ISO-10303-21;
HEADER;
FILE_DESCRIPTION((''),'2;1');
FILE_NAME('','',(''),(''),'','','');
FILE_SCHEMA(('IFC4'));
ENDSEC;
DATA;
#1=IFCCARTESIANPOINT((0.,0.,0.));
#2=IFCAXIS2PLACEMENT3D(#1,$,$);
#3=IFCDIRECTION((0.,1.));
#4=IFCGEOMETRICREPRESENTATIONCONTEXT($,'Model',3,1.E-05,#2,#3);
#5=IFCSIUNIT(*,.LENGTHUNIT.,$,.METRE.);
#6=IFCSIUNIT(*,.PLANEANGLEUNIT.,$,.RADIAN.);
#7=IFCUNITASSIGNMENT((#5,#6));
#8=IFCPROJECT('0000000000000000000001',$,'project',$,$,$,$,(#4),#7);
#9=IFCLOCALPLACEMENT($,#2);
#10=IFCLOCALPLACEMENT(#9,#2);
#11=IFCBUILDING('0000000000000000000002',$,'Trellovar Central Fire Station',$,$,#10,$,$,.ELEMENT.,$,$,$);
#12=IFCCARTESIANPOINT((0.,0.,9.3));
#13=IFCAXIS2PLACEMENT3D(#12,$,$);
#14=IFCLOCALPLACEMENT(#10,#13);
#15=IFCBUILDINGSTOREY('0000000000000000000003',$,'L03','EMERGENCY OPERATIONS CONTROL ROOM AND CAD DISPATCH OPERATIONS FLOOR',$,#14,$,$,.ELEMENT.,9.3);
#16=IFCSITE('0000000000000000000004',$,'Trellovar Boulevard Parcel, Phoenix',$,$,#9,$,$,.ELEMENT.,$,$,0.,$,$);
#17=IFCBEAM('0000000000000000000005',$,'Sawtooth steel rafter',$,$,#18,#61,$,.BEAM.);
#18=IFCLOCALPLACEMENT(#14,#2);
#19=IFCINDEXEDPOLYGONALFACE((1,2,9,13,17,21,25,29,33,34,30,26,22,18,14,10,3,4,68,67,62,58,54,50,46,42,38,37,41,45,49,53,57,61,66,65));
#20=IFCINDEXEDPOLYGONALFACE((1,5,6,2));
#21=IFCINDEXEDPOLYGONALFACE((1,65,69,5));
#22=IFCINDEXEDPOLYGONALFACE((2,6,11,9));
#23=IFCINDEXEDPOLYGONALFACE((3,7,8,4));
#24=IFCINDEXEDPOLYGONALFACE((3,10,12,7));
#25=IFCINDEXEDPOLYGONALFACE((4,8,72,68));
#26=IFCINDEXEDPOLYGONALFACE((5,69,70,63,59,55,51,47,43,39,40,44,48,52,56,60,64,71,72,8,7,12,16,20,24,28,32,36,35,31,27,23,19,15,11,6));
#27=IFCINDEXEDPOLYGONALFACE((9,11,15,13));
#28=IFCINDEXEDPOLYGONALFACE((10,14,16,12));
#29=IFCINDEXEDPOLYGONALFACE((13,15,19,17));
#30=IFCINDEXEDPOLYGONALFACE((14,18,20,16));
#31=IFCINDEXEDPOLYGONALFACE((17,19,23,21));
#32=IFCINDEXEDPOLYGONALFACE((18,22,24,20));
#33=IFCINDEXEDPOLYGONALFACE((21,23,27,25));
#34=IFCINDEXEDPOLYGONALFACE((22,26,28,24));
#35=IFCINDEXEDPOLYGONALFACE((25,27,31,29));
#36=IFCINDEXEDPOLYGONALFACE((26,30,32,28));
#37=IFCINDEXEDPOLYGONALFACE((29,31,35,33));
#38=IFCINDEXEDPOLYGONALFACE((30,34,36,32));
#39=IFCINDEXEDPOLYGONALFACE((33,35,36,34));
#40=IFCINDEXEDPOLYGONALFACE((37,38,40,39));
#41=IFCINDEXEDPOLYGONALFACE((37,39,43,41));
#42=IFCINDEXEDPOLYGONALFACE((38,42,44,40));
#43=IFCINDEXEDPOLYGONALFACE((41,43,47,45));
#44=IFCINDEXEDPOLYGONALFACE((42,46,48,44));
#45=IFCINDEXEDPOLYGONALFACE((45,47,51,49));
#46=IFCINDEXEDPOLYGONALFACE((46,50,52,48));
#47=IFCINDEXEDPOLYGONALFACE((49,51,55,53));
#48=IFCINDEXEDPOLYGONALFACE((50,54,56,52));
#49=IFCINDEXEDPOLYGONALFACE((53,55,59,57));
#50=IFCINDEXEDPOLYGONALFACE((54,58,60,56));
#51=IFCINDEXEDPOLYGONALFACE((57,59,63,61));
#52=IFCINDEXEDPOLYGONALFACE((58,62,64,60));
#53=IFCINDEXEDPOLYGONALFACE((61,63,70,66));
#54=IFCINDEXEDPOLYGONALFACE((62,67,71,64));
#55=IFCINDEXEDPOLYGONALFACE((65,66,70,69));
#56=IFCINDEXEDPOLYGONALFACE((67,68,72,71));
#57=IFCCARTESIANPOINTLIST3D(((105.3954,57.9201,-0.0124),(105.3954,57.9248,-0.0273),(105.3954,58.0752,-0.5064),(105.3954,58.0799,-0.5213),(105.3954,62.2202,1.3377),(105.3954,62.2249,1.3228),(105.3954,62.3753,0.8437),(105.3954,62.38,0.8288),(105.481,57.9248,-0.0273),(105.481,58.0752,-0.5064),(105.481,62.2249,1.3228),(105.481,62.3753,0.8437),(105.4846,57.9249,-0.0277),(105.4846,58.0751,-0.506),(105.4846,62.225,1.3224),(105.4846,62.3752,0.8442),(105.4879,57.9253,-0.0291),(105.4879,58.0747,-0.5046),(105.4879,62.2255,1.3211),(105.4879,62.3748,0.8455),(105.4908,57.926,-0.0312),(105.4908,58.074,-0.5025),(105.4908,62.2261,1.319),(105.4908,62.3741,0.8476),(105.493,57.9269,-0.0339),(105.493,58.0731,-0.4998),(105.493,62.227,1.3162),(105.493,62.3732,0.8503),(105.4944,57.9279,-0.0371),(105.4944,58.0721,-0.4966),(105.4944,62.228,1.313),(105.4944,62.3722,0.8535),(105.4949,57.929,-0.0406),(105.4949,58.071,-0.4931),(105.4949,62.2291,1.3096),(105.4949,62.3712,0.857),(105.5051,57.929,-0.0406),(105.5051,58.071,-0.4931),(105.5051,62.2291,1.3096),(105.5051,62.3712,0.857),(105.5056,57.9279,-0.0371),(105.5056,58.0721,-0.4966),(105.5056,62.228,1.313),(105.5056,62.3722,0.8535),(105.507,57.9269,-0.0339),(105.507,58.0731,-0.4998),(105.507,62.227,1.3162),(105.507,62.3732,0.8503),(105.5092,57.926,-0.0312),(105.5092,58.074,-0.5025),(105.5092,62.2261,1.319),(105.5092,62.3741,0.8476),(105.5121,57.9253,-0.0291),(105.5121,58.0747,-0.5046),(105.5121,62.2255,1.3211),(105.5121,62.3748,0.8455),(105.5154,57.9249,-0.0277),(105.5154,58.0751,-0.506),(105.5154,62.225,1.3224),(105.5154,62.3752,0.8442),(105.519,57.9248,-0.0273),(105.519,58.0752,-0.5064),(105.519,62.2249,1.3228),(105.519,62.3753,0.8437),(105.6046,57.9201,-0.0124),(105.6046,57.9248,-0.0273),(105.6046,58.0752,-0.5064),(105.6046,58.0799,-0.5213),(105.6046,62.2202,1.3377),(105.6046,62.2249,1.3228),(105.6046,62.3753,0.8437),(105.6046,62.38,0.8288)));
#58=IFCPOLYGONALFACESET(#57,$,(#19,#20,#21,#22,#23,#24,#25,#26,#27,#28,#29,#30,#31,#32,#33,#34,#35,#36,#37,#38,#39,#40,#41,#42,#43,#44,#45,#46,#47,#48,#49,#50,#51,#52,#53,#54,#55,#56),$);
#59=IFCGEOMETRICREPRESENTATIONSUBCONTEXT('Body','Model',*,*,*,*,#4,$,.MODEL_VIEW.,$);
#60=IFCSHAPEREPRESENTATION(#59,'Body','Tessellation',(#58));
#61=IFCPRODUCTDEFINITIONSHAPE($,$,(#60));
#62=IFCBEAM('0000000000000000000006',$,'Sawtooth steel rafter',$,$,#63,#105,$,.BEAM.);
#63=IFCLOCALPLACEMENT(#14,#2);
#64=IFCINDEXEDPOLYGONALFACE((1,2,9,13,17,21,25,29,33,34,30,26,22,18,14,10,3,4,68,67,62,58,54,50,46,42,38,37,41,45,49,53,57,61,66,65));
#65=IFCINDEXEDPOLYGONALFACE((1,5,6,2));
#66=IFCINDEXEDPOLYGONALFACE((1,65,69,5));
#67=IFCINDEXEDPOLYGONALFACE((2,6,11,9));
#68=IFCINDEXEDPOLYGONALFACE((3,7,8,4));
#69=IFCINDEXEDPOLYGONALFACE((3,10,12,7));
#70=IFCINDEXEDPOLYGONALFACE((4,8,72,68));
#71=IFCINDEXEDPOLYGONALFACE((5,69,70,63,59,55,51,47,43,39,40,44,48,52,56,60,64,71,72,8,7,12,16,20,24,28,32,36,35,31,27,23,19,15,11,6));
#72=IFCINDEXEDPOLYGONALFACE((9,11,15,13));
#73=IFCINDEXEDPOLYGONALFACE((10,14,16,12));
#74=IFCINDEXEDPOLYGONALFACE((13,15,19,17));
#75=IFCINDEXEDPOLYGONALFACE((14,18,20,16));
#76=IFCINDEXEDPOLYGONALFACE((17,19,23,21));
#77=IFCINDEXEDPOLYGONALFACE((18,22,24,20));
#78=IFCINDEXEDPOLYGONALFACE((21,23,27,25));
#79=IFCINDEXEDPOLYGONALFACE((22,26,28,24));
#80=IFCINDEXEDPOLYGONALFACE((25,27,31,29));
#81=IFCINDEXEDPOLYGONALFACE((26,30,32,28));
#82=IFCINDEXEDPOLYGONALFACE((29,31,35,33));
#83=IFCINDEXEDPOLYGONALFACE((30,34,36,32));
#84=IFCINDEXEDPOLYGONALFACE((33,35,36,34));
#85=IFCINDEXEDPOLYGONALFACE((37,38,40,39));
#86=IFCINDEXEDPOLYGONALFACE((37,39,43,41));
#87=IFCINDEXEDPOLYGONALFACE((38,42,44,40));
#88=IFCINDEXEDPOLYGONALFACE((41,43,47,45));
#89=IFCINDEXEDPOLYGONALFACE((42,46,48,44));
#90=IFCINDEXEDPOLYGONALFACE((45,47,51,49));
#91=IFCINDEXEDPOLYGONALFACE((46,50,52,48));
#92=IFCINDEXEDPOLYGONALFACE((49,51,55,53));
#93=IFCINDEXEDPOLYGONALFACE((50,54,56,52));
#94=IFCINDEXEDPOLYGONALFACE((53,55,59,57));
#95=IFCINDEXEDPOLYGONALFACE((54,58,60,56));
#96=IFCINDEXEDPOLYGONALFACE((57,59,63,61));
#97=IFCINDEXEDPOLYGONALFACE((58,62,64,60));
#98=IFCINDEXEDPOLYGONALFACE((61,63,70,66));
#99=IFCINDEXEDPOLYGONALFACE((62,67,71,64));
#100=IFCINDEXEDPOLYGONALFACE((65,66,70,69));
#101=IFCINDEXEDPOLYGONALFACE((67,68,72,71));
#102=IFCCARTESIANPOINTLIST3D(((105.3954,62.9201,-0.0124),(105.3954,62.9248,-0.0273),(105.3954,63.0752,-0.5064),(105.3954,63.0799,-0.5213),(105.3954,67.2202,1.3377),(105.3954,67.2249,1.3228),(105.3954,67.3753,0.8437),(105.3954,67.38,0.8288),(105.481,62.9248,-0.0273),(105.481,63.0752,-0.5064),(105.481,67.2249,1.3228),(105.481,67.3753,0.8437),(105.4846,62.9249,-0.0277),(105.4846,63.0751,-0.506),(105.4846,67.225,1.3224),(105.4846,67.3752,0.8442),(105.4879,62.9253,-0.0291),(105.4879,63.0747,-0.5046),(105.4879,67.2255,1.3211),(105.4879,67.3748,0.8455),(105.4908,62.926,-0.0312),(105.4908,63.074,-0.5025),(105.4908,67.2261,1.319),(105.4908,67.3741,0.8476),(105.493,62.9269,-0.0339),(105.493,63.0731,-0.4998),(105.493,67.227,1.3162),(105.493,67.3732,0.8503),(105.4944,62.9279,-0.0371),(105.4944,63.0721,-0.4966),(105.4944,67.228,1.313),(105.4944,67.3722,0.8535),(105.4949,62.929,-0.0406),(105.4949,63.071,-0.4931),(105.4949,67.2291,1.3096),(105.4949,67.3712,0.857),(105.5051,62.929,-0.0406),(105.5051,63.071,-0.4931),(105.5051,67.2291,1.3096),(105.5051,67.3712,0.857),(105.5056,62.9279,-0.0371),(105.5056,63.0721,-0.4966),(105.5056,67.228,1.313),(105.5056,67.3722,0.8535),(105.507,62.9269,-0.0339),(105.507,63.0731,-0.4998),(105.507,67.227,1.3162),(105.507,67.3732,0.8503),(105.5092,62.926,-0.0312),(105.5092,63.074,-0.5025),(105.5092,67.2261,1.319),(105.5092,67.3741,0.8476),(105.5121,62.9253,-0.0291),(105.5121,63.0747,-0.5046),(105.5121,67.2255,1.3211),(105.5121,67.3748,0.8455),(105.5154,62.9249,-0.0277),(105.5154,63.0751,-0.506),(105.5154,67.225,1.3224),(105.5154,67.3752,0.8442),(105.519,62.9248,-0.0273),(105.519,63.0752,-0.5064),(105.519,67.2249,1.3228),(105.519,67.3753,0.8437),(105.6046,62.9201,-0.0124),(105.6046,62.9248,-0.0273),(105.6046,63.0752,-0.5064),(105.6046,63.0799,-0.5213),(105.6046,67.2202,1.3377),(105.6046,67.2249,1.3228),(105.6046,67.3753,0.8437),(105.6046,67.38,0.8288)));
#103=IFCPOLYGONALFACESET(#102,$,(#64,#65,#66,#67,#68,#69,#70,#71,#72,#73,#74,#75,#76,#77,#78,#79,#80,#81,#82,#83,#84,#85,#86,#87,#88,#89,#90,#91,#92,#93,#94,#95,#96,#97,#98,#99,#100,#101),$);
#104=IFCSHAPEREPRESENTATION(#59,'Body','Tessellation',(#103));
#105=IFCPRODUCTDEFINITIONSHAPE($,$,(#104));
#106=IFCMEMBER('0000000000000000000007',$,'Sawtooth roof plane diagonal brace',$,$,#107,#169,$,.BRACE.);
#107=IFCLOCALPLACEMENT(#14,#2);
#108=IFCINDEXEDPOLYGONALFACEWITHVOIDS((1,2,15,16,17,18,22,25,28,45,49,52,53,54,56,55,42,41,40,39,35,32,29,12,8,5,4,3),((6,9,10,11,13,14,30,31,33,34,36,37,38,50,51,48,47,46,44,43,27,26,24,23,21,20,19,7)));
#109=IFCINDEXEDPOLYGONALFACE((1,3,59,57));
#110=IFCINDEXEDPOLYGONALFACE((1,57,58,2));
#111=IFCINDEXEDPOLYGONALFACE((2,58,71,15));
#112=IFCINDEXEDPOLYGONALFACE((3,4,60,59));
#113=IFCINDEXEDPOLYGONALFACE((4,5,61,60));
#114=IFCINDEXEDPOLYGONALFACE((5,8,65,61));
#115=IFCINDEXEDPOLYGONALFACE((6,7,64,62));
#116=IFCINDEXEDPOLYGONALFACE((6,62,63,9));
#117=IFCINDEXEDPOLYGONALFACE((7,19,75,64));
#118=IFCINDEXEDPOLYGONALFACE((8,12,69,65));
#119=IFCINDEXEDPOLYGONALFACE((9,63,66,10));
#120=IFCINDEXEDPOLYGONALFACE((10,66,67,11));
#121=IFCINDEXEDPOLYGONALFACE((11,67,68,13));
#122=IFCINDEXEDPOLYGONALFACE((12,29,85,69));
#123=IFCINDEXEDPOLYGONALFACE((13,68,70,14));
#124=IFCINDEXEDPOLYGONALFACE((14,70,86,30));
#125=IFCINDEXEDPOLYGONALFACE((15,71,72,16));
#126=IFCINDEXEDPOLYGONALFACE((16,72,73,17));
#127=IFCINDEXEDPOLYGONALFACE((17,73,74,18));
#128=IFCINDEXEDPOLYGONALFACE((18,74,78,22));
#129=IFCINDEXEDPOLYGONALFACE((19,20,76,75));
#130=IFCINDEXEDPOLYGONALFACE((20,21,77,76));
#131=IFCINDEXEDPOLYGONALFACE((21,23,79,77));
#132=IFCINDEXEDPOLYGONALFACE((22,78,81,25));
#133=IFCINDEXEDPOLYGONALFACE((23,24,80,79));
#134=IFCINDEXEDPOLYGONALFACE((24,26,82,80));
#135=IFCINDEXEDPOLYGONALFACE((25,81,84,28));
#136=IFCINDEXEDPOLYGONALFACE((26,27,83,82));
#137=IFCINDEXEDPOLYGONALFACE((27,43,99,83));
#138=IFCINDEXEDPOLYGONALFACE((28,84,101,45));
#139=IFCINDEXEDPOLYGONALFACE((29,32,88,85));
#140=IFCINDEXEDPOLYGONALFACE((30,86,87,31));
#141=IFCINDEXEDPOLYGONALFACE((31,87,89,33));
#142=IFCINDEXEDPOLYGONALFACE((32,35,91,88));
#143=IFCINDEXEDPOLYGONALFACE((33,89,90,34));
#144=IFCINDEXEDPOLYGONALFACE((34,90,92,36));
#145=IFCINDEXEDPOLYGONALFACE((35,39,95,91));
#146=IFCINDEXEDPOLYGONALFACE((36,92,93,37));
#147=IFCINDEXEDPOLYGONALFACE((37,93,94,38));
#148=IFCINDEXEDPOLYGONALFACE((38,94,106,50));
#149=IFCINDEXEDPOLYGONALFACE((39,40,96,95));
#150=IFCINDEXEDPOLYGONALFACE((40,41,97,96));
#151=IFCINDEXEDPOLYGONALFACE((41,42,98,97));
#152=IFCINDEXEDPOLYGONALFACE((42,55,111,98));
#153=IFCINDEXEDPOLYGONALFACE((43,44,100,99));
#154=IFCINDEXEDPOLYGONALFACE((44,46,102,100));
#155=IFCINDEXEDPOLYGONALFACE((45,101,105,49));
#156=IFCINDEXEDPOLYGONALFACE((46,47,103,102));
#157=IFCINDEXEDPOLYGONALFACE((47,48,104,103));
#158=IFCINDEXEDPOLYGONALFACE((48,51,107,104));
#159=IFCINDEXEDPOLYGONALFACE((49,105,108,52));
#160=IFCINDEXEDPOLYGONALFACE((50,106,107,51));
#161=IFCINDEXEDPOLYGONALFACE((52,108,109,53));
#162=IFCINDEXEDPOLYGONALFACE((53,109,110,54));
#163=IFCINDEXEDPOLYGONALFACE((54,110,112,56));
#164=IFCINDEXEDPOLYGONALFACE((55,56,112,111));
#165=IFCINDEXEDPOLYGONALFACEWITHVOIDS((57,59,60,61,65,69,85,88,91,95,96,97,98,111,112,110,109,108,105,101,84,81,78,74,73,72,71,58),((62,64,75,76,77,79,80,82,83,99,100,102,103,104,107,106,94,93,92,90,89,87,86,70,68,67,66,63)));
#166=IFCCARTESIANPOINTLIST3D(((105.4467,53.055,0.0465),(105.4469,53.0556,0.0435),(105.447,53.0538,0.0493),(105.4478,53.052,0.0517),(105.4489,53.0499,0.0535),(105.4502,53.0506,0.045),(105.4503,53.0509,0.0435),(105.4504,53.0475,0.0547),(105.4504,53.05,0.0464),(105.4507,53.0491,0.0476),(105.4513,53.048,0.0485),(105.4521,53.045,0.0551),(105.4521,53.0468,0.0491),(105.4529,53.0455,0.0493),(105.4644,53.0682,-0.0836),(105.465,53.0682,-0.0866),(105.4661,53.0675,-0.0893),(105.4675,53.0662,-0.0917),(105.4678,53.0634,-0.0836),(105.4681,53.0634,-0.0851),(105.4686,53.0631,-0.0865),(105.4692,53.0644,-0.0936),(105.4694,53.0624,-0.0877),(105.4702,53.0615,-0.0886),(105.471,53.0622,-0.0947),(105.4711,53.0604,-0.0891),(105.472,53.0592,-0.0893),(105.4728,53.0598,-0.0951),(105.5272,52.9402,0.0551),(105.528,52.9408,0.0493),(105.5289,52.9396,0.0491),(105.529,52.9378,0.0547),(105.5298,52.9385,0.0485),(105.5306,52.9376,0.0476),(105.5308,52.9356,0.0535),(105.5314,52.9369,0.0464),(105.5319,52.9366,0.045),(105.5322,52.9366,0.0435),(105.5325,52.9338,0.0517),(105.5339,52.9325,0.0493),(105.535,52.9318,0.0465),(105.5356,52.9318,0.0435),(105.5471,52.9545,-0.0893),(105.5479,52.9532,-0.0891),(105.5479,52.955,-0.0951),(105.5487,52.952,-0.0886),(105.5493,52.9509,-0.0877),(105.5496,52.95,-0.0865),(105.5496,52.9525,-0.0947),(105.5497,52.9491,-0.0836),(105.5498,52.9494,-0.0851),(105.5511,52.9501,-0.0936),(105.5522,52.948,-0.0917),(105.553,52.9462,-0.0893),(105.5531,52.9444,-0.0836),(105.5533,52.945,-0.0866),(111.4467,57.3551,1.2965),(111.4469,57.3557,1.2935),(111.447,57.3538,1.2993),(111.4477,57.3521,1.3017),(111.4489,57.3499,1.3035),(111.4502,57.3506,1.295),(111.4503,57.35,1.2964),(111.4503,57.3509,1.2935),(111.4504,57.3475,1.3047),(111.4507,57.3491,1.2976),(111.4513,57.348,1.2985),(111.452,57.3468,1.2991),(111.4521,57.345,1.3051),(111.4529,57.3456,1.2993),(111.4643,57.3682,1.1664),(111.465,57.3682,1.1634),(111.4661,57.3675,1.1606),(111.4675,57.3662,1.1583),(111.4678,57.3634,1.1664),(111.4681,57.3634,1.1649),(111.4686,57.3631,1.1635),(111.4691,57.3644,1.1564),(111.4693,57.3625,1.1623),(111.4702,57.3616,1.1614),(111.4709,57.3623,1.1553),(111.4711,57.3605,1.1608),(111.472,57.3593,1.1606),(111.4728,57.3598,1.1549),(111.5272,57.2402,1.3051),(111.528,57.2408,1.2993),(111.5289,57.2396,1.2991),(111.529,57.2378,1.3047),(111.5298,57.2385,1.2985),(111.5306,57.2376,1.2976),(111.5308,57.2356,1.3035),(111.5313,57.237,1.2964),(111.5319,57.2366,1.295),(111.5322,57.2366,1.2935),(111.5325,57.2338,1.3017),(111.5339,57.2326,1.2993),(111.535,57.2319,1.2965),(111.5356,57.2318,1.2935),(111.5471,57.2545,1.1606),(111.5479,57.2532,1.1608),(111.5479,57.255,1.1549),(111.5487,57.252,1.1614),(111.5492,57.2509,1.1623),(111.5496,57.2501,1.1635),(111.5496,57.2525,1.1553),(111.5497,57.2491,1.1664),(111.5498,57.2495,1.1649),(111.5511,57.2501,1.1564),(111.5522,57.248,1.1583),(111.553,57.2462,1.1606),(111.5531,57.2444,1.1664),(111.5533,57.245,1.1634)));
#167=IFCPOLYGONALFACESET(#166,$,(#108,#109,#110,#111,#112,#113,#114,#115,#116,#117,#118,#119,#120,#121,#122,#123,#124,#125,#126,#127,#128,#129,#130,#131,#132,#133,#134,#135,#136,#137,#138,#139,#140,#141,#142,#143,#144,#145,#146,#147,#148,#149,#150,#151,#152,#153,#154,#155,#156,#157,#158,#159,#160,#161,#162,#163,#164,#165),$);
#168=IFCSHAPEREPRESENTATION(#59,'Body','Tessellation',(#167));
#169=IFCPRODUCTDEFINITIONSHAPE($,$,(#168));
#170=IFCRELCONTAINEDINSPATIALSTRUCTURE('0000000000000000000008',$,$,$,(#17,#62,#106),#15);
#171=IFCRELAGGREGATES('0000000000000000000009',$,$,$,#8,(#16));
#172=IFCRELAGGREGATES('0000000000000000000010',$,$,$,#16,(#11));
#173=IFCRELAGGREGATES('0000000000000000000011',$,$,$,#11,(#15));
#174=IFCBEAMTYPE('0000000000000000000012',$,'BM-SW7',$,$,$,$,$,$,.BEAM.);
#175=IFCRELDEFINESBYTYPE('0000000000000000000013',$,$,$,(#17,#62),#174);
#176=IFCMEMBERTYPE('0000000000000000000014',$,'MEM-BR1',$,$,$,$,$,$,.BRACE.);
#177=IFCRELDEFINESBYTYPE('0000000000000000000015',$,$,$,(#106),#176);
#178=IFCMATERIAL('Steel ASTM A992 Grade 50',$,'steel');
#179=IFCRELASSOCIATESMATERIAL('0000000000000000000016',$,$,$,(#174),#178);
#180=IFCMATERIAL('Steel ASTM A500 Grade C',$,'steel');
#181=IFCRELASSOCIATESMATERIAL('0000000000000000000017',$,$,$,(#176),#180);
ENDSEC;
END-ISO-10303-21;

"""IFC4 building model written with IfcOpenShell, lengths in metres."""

from ifc_helpers import new_model, si_unit, direction, frame, origin, origin_2d, place, context, subcontext, project, spatial, hollow_rectangle, i_section, extrude, material, material_profile, profile_set, type_object, element, save


model = new_model("IFC4")

# Units and contexts
model_context = context("Model", 3, precision=1e-05, world=origin(), true_north=direction((0.0, 1.0)))
body_context = subcontext(model_context, "Body", "Model", "MODEL_VIEW")
ifc_project = project(units=[si_unit("LENGTHUNIT", "METRE"), si_unit("PLANEANGLEUNIT", "RADIAN")], contexts=[model_context])

# Site, building, storey
site_placement = place(None, origin())
site = spatial("IfcSite", under=ifc_project, at=site_placement, Name="Trellovar Boulevard Parcel, Phoenix", CompositionType="ELEMENT", RefElevation=0.0)
building_placement = place(site_placement, origin())
building = spatial("IfcBuilding", under=site, at=building_placement, Name="Trellovar Central Fire Station", CompositionType="ELEMENT")
storey_placement = place(building_placement, frame((0.0, 0.0, 9.3)))
storey = spatial("IfcBuildingStorey", under=building, at=storey_placement, Name="L03", Description="EMERGENCY OPERATIONS CONTROL ROOM AND CAD DISPATCH OPERATIONS FLOOR", CompositionType="ELEMENT", Elevation=9.3)

# Beams
ifc_material_1 = material(Name="Steel ASTM A992 Grade 50", Category="steel")
ifc_material_profile_1 = material_profile(ifc_material_1, i_section(OverallWidth=0.2092, OverallDepth=0.5334, WebThickness=0.0103, FlangeThickness=0.0156, FilletRadius=0.0139, at=origin_2d()), Name="W21X62")
ifc_profile_set_1 = profile_set([ifc_material_profile_1], Name="Steel ASTM A992 Grade 50")
beam_type_1 = type_object("IfcBeamType", Name="BM-SW7", PredefinedType="BEAM", material=ifc_profile_set_1)
for number, where, z_axis, x_axis, name in (
    (1, (105.5, 58.0, -0.2668), (0.0, 0.954079, 0.299555), (-1.0, 0.0, 0.0), "Sawtooth steel rafter"),
    (2, (105.5, 63.0, -0.2668), (0.0, 0.954079, 0.299555), (-1.0, 0.0, 0.0), "Sawtooth steel rafter"),
):
    element("IfcBeam", number, at=place(storey_placement, frame(where, z_axis=z_axis, x_axis=x_axis)), inside=storey, type_object=beam_type_1, Name=name, PredefinedType="BEAM", context=body_context, shape_type="SweptSolid", body=[
        extrude(i_section(OverallWidth=0.2092, OverallDepth=0.5334, WebThickness=0.0103, FlangeThickness=0.0156, FilletRadius=0.0139, at=origin_2d()), origin(), (0.0, 0.0, 1.0), 4.5071),
    ])

# Member
ifc_material_2 = material(Name="Steel ASTM A500 Grade C", Category="steel")
ifc_material_profile_2 = material_profile(ifc_material_2, hollow_rectangle(XDim=0.1523, YDim=0.1523, WallThickness=0.0059, InnerFilletRadius=0.0059, OuterFilletRadius=0.0117, at=origin_2d()), Name="HSS6X6X1/4")
ifc_profile_set_2 = profile_set([ifc_material_profile_2], Name="Steel ASTM A500 Grade C")
member_type_1 = type_object("IfcMemberType", Name="MEM-BR1", PredefinedType="BRACE", material=ifc_profile_set_2)
for number, where, z_axis, x_axis, name in (
    (3, (105.5, 53.0, -0.02), (0.801405, 0.574347, 0.166959), (-0.582523, 0.812814, 0.0), "Sawtooth roof plane diagonal brace"),
):
    element("IfcMember", number, at=place(storey_placement, frame(where, z_axis=z_axis, x_axis=x_axis)), inside=storey, type_object=member_type_1, Name=name, PredefinedType="BRACE", context=body_context, shape_type="SweptSolid", body=[
        extrude(hollow_rectangle(XDim=0.1523, YDim=0.1523, WallThickness=0.0059, InnerFilletRadius=0.0059, OuterFilletRadius=0.0117, at=origin_2d()), origin(), (0.0, 0.0, 1.0), 7.4868),
    ])

save(model, "model.ifc")
